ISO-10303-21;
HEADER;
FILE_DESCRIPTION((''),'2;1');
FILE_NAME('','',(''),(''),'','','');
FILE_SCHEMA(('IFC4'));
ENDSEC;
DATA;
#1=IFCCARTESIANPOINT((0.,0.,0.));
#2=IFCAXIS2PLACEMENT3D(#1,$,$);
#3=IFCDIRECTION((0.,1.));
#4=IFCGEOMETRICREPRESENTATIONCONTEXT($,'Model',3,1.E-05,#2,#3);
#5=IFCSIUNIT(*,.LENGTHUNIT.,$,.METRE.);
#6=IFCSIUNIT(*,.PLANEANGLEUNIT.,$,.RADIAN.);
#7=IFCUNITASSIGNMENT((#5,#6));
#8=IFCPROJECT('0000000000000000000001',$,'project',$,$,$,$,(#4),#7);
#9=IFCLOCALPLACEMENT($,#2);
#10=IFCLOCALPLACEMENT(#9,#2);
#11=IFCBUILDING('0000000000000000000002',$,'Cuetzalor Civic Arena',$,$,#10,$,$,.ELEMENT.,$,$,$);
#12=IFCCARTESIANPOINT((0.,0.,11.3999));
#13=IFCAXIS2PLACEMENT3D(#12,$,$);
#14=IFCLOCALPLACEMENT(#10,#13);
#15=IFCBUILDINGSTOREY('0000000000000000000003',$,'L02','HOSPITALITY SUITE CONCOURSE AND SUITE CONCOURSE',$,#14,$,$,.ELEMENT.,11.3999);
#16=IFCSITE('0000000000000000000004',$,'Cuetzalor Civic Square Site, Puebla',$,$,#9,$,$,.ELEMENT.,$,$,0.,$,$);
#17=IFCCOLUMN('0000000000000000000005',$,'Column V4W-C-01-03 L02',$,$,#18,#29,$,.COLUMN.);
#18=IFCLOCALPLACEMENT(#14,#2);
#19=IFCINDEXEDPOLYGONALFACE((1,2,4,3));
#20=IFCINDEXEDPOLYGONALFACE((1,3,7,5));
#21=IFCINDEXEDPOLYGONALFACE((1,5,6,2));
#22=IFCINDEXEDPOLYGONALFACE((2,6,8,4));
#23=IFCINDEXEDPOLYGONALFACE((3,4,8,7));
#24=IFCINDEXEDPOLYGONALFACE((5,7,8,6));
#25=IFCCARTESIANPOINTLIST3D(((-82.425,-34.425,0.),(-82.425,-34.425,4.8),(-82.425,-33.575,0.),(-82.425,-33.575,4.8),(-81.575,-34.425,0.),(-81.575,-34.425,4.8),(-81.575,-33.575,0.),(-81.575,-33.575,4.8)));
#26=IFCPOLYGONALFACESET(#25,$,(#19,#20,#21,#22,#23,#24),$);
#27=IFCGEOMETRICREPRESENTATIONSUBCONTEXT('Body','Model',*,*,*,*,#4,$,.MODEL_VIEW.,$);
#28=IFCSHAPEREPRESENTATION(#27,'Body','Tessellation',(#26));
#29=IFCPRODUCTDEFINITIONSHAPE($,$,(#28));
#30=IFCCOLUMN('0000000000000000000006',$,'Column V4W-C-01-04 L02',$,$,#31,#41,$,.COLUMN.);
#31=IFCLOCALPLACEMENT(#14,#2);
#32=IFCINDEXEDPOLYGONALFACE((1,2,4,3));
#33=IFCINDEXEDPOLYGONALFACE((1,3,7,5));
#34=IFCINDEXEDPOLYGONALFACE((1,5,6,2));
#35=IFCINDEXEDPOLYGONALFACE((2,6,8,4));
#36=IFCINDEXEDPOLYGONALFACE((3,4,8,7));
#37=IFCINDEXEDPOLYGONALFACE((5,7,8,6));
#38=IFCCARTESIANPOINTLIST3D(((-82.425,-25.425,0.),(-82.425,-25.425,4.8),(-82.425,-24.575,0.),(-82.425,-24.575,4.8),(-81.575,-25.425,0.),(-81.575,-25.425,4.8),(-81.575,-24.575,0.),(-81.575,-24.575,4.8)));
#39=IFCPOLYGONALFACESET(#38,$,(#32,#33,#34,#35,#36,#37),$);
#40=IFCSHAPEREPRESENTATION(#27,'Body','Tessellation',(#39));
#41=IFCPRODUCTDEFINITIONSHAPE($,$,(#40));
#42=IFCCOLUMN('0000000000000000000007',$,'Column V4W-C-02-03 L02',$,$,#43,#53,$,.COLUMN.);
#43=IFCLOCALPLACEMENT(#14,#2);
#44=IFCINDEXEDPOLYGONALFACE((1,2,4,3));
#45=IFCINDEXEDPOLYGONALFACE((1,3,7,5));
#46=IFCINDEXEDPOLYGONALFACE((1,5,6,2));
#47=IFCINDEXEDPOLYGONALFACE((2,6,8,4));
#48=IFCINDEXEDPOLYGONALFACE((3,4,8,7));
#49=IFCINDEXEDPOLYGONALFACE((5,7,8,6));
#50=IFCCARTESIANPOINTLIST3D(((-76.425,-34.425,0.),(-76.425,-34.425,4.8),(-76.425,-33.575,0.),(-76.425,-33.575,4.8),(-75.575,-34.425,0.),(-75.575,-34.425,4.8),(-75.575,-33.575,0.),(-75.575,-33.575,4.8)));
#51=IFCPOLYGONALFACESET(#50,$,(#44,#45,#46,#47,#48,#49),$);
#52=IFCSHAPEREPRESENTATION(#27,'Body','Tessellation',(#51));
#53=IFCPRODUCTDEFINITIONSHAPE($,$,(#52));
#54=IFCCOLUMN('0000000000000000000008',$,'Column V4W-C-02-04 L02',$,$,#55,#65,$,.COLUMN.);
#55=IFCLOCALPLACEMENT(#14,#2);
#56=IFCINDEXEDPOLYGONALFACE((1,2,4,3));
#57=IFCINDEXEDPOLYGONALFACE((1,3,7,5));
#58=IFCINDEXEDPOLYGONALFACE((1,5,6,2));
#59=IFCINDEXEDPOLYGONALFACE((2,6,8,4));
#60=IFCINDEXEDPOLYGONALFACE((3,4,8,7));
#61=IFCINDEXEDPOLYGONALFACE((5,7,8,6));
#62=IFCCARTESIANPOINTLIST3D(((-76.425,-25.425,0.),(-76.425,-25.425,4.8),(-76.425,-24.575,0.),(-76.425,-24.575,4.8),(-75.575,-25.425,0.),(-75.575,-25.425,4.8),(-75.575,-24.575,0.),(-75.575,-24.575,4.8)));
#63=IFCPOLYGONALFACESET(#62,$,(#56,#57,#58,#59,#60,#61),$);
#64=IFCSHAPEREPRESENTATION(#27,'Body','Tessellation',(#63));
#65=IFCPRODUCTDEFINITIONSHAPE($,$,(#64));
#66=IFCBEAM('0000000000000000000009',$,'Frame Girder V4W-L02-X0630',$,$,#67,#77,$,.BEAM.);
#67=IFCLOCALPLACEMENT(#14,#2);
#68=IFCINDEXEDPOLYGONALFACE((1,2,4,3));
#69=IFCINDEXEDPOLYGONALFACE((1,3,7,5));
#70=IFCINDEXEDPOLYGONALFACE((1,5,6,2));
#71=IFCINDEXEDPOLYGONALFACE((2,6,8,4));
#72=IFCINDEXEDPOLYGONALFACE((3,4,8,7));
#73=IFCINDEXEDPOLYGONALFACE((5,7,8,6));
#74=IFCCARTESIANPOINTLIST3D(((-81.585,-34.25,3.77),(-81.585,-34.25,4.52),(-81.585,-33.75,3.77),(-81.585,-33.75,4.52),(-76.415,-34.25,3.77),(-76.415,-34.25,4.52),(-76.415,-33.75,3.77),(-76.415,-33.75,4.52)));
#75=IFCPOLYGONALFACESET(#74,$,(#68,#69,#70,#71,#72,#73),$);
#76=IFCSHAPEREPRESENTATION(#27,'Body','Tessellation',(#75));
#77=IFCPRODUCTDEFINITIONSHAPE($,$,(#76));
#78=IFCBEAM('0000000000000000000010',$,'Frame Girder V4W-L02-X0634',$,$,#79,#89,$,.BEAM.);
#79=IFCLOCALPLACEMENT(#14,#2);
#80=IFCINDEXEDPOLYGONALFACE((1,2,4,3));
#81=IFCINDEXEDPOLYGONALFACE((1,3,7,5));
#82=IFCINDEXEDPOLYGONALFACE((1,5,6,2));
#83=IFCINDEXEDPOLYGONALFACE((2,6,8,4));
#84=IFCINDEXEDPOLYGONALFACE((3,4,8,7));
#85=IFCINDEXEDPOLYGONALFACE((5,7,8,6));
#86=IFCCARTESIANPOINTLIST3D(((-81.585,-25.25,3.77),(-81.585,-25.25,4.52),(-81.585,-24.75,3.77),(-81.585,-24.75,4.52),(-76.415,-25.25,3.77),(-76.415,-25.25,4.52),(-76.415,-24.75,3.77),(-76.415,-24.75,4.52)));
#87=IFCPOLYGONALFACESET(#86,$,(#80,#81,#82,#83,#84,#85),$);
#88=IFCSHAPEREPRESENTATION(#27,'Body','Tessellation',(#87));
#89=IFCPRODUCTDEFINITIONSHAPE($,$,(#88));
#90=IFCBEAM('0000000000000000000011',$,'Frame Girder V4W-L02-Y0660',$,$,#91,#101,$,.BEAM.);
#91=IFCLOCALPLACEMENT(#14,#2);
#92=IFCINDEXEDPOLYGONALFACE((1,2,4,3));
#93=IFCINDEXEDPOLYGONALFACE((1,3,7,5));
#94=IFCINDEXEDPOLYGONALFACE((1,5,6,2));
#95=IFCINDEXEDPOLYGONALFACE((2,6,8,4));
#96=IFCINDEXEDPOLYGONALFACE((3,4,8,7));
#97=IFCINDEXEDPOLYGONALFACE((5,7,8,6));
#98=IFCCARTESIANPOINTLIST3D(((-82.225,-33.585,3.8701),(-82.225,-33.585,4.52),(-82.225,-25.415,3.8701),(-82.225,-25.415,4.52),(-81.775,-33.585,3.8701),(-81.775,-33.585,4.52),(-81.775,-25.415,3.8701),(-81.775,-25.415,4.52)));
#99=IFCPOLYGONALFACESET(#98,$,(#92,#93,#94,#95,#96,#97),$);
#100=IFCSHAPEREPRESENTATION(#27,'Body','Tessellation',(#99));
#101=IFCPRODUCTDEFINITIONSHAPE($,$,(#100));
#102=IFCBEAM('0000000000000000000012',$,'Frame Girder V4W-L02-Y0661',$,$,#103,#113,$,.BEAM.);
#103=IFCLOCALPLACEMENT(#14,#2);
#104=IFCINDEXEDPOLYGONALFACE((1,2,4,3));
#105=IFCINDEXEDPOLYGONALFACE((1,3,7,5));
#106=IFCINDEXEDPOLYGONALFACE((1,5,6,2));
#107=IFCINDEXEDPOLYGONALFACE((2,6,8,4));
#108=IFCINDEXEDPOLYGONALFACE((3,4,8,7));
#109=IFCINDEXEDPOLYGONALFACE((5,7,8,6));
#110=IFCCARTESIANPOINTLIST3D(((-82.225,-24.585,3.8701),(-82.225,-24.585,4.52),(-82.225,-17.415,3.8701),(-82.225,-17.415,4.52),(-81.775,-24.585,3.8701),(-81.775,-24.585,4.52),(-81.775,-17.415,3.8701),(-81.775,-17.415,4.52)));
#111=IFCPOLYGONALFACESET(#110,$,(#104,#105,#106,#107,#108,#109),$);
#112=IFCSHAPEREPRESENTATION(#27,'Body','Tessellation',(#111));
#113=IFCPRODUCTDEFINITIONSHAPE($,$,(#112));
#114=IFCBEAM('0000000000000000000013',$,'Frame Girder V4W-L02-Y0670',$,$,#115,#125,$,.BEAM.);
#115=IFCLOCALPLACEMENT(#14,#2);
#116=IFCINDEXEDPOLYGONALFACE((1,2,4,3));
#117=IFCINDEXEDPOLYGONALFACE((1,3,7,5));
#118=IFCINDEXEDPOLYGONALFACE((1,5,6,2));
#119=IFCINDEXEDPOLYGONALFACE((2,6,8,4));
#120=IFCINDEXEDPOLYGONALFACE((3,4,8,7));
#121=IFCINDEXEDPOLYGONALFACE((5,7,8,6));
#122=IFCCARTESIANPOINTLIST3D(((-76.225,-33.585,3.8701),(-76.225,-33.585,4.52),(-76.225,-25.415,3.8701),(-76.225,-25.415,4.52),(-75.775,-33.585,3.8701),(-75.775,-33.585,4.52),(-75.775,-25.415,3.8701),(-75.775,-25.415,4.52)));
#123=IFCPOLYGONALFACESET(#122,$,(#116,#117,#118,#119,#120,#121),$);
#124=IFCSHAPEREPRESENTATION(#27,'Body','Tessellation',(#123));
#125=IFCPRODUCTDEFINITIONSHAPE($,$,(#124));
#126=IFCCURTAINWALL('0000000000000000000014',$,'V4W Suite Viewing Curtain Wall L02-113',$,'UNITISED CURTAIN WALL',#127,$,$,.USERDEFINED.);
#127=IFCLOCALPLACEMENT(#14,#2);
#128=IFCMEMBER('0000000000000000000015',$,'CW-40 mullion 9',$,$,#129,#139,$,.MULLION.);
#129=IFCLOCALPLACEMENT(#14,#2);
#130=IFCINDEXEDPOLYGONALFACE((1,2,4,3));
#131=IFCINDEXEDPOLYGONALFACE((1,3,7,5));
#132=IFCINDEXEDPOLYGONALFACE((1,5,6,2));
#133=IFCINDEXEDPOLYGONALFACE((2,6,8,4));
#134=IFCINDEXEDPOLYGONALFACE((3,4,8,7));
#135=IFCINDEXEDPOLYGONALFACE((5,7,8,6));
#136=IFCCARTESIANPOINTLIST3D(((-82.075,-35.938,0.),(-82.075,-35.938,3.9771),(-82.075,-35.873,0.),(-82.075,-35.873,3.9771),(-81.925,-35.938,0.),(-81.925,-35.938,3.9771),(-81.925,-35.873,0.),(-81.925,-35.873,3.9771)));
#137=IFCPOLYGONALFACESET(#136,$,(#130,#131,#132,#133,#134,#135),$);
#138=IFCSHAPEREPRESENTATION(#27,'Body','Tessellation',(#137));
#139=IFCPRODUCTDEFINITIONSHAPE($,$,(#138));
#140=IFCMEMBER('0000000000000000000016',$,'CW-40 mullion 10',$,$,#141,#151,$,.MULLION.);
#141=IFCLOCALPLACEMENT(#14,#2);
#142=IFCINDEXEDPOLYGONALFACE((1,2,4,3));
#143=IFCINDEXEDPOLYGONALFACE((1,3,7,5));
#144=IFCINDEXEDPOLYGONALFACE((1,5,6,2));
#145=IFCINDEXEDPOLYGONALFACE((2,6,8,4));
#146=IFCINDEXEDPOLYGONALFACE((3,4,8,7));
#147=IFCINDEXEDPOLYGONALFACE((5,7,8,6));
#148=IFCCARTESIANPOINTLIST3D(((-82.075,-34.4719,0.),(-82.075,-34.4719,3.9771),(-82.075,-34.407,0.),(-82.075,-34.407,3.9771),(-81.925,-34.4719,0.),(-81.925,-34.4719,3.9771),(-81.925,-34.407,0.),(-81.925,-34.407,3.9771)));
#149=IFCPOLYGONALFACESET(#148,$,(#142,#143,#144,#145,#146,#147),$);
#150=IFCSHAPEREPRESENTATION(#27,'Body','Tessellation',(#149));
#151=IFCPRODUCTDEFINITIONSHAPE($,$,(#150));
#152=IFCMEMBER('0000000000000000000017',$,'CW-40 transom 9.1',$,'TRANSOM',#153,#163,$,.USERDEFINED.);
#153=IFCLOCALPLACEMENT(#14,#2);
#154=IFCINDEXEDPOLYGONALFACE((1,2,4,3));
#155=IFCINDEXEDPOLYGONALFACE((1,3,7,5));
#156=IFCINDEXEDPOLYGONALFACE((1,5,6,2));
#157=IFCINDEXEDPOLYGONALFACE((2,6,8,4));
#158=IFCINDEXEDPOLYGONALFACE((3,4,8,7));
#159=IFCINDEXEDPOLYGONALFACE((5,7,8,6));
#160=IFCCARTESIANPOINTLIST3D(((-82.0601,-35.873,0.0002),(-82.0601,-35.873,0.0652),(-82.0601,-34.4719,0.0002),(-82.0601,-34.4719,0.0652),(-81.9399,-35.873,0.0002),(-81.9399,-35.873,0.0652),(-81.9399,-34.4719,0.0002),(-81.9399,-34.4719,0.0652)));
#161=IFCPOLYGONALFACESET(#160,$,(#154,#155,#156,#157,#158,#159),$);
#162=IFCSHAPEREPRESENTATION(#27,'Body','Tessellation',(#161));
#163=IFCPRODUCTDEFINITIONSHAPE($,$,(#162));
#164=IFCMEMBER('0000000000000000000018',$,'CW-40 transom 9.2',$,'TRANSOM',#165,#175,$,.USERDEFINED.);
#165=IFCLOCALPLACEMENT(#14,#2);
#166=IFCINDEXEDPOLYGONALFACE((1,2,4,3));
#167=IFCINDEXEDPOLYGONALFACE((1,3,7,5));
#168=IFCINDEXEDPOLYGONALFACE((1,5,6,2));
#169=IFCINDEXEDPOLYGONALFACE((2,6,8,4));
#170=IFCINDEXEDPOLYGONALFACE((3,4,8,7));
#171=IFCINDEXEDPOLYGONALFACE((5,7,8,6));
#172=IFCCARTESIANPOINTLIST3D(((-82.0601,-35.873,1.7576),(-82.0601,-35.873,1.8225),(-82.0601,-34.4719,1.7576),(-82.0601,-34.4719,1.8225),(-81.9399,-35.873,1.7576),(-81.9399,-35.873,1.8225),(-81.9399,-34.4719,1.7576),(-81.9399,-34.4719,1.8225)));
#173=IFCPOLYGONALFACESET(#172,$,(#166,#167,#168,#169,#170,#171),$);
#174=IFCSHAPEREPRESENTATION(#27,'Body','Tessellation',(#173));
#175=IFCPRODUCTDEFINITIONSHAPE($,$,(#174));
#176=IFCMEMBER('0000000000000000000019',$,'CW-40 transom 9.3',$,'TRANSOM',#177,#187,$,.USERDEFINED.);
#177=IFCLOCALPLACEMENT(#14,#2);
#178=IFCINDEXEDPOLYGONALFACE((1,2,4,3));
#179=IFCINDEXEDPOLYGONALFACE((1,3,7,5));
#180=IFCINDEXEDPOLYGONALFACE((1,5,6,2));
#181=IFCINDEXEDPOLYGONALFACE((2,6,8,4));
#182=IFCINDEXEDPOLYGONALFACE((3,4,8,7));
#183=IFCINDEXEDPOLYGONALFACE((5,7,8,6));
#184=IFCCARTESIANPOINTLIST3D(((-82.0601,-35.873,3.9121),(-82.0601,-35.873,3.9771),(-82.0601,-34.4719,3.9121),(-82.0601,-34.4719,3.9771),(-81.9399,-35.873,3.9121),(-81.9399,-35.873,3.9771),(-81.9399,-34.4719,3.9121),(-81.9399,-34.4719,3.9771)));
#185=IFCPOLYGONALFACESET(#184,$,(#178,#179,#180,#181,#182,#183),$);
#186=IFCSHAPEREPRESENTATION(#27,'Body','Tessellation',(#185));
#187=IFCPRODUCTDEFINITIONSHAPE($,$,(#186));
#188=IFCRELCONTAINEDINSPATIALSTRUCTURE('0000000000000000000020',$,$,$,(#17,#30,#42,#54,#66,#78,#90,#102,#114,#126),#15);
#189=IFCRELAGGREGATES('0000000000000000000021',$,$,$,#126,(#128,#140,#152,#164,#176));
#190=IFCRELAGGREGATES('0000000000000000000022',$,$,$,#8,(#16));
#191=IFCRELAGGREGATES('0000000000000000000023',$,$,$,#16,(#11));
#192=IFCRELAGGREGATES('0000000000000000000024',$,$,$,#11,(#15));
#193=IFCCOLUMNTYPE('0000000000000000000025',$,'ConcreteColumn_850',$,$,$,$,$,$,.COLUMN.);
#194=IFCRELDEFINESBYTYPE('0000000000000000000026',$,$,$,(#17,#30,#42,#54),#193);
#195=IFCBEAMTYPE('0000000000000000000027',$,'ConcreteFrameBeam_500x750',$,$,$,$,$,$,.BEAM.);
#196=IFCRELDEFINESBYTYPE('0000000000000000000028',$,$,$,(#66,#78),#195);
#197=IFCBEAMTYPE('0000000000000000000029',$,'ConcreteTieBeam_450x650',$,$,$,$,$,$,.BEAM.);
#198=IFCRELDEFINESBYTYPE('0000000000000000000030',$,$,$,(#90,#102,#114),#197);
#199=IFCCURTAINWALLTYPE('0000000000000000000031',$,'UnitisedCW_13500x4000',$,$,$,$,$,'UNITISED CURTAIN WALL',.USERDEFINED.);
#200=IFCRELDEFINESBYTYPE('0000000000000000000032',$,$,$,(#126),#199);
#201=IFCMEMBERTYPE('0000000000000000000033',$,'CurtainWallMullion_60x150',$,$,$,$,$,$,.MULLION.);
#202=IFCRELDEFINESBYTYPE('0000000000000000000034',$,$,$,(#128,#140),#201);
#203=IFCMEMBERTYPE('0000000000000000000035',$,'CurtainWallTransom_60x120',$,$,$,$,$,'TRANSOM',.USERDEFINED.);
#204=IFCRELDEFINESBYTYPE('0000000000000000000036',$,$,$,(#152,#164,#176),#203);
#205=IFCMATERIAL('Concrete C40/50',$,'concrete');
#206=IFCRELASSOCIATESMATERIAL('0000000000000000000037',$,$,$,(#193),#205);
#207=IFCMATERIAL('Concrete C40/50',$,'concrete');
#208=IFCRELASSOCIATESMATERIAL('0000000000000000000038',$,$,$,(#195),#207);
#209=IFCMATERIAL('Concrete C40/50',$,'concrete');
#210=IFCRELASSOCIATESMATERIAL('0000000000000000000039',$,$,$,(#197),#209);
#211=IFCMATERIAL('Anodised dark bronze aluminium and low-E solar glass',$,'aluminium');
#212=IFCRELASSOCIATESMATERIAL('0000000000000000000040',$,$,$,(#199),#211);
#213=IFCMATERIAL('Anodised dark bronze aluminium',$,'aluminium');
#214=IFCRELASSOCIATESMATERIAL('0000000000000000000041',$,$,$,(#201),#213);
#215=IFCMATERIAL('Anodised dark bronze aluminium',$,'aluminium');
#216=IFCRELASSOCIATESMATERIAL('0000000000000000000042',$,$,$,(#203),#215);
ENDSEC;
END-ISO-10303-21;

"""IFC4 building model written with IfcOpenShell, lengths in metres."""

from ifc_helpers import new_model, si_unit, direction, frame, origin, origin_2d, place, context, subcontext, project, spatial, rectangle, extrude, material, material_profile, profile_set, type_object, element, aggregate, save


model = new_model("IFC4")

# Units and contexts
model_context = context("Model", 3, precision=1e-05, world=origin(), true_north=direction((0.0, 1.0)))
body_context = subcontext(model_context, "Body", "Model", "MODEL_VIEW")
ifc_project = project(units=[si_unit("LENGTHUNIT", "METRE"), si_unit("PLANEANGLEUNIT", "RADIAN")], contexts=[model_context])

# Site, building, storey
site_placement = place(None, origin())
site = spatial("IfcSite", under=ifc_project, at=site_placement, Name="Cuetzalor Civic Square Site, Puebla", CompositionType="ELEMENT", RefElevation=0.0)
building_placement = place(site_placement, origin())
building = spatial("IfcBuilding", under=site, at=building_placement, Name="Cuetzalor Civic Arena", CompositionType="ELEMENT")
storey_placement = place(building_placement, frame((0.0, 0.0, 11.3999)))
storey = spatial("IfcBuildingStorey", under=building, at=storey_placement, Name="L02", Description="HOSPITALITY SUITE CONCOURSE AND SUITE CONCOURSE", CompositionType="ELEMENT", Elevation=11.3999)

# Columns
ifc_material_1 = material(Name="Concrete C40/50", Category="concrete")
ifc_material_profile_1 = material_profile(ifc_material_1, rectangle(XDim=0.8501, YDim=0.8501, at=origin_2d()), Name="RC 850x850")
ifc_profile_set_1 = profile_set([ifc_material_profile_1], Name="Concrete C40/50")
column_type = type_object("IfcColumnType", Name="ConcreteColumn_850", PredefinedType="COLUMN", material=ifc_profile_set_1)
for number, where, z_axis, x_axis, name in (
    (1, (-82.0, -34.0, 0.0), (0.0, 0.0, 1.0), (1.0, 0.0, 0.0), "Column V4W-C-01-03 L02"),
    (2, (-82.0, -25.0, 0.0), (0.0, 0.0, 1.0), (1.0, 0.0, 0.0), "Column V4W-C-01-04 L02"),
    (3, (-76.0, -34.0, 0.0), (0.0, 0.0, 1.0), (1.0, 0.0, 0.0), "Column V4W-C-02-03 L02"),
    (4, (-76.0, -25.0, 0.0), (0.0, 0.0, 1.0), (1.0, 0.0, 0.0), "Column V4W-C-02-04 L02"),
):
    element("IfcColumn", number, at=place(storey_placement, frame(where, z_axis=z_axis, x_axis=x_axis)), inside=storey, type_object=column_type, Name=name, PredefinedType="COLUMN", context=body_context, shape_type="SweptSolid", body=[
        extrude(rectangle(XDim=0.8501, YDim=0.8501, at=origin_2d()), origin(), (0.0, 0.0, 1.0), 4.8),
    ])

# Beams
ifc_material_2 = material(Name="Concrete C40/50", Category="concrete")
ifc_material_profile_2 = material_profile(ifc_material_2, rectangle(XDim=0.5, YDim=0.75, at=origin_2d()), Name="RC 500x750")
ifc_profile_set_2 = profile_set([ifc_material_profile_2], Name="Concrete C40/50")
beam_type_1 = type_object("IfcBeamType", Name="ConcreteFrameBeam_500x750", PredefinedType="BEAM", material=ifc_profile_set_2)
for number, where, z_axis, x_axis, name in (
    (5, (-81.585, -34.0, 4.145), (1.0, 0.0, 0.0), (0.0, 1.0, 0.0), "Frame Girder V4W-L02-X0630"),
    (6, (-81.585, -25.0, 4.145), (1.0, 0.0, 0.0), (0.0, 1.0, 0.0), "Frame Girder V4W-L02-X0634"),
):
    element("IfcBeam", number, at=place(storey_placement, frame(where, z_axis=z_axis, x_axis=x_axis)), inside=storey, type_object=beam_type_1, Name=name, PredefinedType="BEAM", context=body_context, shape_type="SweptSolid", body=[
        extrude(rectangle(XDim=0.5, YDim=0.75, at=origin_2d()), origin(), (0.0, 0.0, 1.0), 5.1699),
    ])
ifc_material_3 = material(Name="Concrete C40/50", Category="concrete")
ifc_material_profile_3 = material_profile(ifc_material_3, rectangle(XDim=0.45, YDim=0.6499, at=origin_2d()), Name="RC 450x650")
ifc_profile_set_3 = profile_set([ifc_material_profile_3], Name="Concrete C40/50")
beam_type_2 = type_object("IfcBeamType", Name="ConcreteTieBeam_450x650", PredefinedType="BEAM", material=ifc_profile_set_3)
beam_1_placement = place(storey_placement, frame((-82.0, -33.585, 4.1951), z_axis=(0.0, 1.0, 0.0), x_axis=(-1.0, 0.0, 0.0)))
element("IfcBeam", 7, at=beam_1_placement, inside=storey, type_object=beam_type_2, Name="Frame Girder V4W-L02-Y0660", PredefinedType="BEAM", context=body_context, shape_type="SweptSolid", body=[
    extrude(rectangle(XDim=0.45, YDim=0.6499, at=origin_2d()), origin(), (0.0, 0.0, 1.0), 8.1699),
])
beam_2_placement = place(storey_placement, frame((-82.0, -24.585, 4.1951), z_axis=(0.0, 1.0, 0.0), x_axis=(-1.0, 0.0, 0.0)))
element("IfcBeam", 8, at=beam_2_placement, inside=storey, type_object=beam_type_2, Name="Frame Girder V4W-L02-Y0661", PredefinedType="BEAM", context=body_context, shape_type="SweptSolid", body=[
    extrude(rectangle(XDim=0.45, YDim=0.6499, at=origin_2d()), origin(), (0.0, 0.0, 1.0), 7.1699),
])
beam_3_placement = place(storey_placement, frame((-76.0, -33.585, 4.1951), z_axis=(0.0, 1.0, 0.0), x_axis=(-1.0, 0.0, 0.0)))
element("IfcBeam", 9, at=beam_3_placement, inside=storey, type_object=beam_type_2, Name="Frame Girder V4W-L02-Y0670", PredefinedType="BEAM", context=body_context, shape_type="SweptSolid", body=[
    extrude(rectangle(XDim=0.45, YDim=0.6499, at=origin_2d()), origin(), (0.0, 0.0, 1.0), 8.1699),
])

# Curtain wall, members
ifc_material_4 = material(Name="Anodised dark bronze aluminium and low-E solar glass", Category="aluminium")
curtain_wall_type = type_object("IfcCurtainWallType", Name="UnitisedCW_13500x4000", ElementType="UNITISED CURTAIN WALL", PredefinedType="USERDEFINED", material=ifc_material_4)
curtain_wall_placement = place(storey_placement, origin())
curtain_wall = element("IfcCurtainWall", 10, at=curtain_wall_placement, inside=storey, type_object=curtain_wall_type, Name="V4W Suite Viewing Curtain Wall L02-113", ObjectType="UNITISED CURTAIN WALL", PredefinedType="USERDEFINED")
ifc_material_5 = material(Name="Anodised dark bronze aluminium", Category="aluminium")
ifc_material_profile_4 = material_profile(ifc_material_5, rectangle(XDim=0.0649, YDim=0.1499, at=origin_2d()), Name="ALU MULLION 65x150")
ifc_profile_set_4 = profile_set([ifc_material_profile_4], Name="Anodised dark bronze aluminium")
member_type_1 = type_object("IfcMemberType", Name="CurtainWallMullion_60x150", PredefinedType="MULLION", material=ifc_profile_set_4)
member_1_placement = place(storey_placement, frame((-82.0, -35.9055, 0.0), z_axis=(0.0, 0.0, 1.0), x_axis=(0.0, 1.0, 0.0)))
member_1 = element("IfcMember", 11, at=member_1_placement, type_object=member_type_1, Name="CW-40 mullion 9", PredefinedType="MULLION", context=body_context, shape_type="SweptSolid", body=[
    extrude(rectangle(XDim=0.0649, YDim=0.1499, at=origin_2d()), origin(), (0.0, 0.0, 1.0), 3.9771),
])
member_2_placement = place(storey_placement, frame((-82.0, -34.4395, 0.0), z_axis=(0.0, 0.0, 1.0), x_axis=(0.0, 1.0, 0.0)))
member_2 = element("IfcMember", 12, at=member_2_placement, type_object=member_type_1, Name="CW-40 mullion 10", PredefinedType="MULLION", context=body_context, shape_type="SweptSolid", body=[
    extrude(rectangle(XDim=0.0649, YDim=0.1499, at=origin_2d()), origin(), (0.0, 0.0, 1.0), 3.9771),
])
ifc_material_6 = material(Name="Anodised dark bronze aluminium", Category="aluminium")
ifc_material_profile_5 = material_profile(ifc_material_6, rectangle(XDim=0.1201, YDim=0.0649, at=origin_2d()), Name="ALU TRANSOM 65x120")
ifc_profile_set_5 = profile_set([ifc_material_profile_5], Name="Anodised dark bronze aluminium")
member_type_2 = type_object("IfcMemberType", Name="CurtainWallTransom_60x120", ElementType="TRANSOM", PredefinedType="USERDEFINED", material=ifc_profile_set_5)
member_3_placement = place(storey_placement, frame((-82.0, -35.873, 0.0327), z_axis=(0.0, 1.0, 0.0), x_axis=(-1.0, 0.0, 0.0)))
member_3 = element("IfcMember", 13, at=member_3_placement, type_object=member_type_2, Name="CW-40 transom 9.1", ObjectType="TRANSOM", PredefinedType="USERDEFINED", context=body_context, shape_type="SweptSolid", body=[
    extrude(rectangle(XDim=0.1201, YDim=0.0649, at=origin_2d()), origin(), (0.0, 0.0, 1.0), 1.4011),
])
member_4_placement = place(storey_placement, frame((-82.0, -35.873, 1.79), z_axis=(0.0, 1.0, 0.0), x_axis=(-1.0, 0.0, 0.0)))
member_4 = element("IfcMember", 14, at=member_4_placement, type_object=member_type_2, Name="CW-40 transom 9.2", ObjectType="TRANSOM", PredefinedType="USERDEFINED", context=body_context, shape_type="SweptSolid", body=[
    extrude(rectangle(XDim=0.1201, YDim=0.0649, at=origin_2d()), origin(), (0.0, 0.0, 1.0), 1.4011),
])
member_5_placement = place(storey_placement, frame((-82.0, -35.873, 3.9446), z_axis=(0.0, 1.0, 0.0), x_axis=(-1.0, 0.0, 0.0)))
member_5 = element("IfcMember", 15, at=member_5_placement, type_object=member_type_2, Name="CW-40 transom 9.3", ObjectType="TRANSOM", PredefinedType="USERDEFINED", context=body_context, shape_type="SweptSolid", body=[
    extrude(rectangle(XDim=0.1201, YDim=0.0649, at=origin_2d()), origin(), (0.0, 0.0, 1.0), 1.4011),
])

aggregate(curtain_wall, [member_1, member_2, member_3, member_4, member_5])

save(model, "model.ifc")
